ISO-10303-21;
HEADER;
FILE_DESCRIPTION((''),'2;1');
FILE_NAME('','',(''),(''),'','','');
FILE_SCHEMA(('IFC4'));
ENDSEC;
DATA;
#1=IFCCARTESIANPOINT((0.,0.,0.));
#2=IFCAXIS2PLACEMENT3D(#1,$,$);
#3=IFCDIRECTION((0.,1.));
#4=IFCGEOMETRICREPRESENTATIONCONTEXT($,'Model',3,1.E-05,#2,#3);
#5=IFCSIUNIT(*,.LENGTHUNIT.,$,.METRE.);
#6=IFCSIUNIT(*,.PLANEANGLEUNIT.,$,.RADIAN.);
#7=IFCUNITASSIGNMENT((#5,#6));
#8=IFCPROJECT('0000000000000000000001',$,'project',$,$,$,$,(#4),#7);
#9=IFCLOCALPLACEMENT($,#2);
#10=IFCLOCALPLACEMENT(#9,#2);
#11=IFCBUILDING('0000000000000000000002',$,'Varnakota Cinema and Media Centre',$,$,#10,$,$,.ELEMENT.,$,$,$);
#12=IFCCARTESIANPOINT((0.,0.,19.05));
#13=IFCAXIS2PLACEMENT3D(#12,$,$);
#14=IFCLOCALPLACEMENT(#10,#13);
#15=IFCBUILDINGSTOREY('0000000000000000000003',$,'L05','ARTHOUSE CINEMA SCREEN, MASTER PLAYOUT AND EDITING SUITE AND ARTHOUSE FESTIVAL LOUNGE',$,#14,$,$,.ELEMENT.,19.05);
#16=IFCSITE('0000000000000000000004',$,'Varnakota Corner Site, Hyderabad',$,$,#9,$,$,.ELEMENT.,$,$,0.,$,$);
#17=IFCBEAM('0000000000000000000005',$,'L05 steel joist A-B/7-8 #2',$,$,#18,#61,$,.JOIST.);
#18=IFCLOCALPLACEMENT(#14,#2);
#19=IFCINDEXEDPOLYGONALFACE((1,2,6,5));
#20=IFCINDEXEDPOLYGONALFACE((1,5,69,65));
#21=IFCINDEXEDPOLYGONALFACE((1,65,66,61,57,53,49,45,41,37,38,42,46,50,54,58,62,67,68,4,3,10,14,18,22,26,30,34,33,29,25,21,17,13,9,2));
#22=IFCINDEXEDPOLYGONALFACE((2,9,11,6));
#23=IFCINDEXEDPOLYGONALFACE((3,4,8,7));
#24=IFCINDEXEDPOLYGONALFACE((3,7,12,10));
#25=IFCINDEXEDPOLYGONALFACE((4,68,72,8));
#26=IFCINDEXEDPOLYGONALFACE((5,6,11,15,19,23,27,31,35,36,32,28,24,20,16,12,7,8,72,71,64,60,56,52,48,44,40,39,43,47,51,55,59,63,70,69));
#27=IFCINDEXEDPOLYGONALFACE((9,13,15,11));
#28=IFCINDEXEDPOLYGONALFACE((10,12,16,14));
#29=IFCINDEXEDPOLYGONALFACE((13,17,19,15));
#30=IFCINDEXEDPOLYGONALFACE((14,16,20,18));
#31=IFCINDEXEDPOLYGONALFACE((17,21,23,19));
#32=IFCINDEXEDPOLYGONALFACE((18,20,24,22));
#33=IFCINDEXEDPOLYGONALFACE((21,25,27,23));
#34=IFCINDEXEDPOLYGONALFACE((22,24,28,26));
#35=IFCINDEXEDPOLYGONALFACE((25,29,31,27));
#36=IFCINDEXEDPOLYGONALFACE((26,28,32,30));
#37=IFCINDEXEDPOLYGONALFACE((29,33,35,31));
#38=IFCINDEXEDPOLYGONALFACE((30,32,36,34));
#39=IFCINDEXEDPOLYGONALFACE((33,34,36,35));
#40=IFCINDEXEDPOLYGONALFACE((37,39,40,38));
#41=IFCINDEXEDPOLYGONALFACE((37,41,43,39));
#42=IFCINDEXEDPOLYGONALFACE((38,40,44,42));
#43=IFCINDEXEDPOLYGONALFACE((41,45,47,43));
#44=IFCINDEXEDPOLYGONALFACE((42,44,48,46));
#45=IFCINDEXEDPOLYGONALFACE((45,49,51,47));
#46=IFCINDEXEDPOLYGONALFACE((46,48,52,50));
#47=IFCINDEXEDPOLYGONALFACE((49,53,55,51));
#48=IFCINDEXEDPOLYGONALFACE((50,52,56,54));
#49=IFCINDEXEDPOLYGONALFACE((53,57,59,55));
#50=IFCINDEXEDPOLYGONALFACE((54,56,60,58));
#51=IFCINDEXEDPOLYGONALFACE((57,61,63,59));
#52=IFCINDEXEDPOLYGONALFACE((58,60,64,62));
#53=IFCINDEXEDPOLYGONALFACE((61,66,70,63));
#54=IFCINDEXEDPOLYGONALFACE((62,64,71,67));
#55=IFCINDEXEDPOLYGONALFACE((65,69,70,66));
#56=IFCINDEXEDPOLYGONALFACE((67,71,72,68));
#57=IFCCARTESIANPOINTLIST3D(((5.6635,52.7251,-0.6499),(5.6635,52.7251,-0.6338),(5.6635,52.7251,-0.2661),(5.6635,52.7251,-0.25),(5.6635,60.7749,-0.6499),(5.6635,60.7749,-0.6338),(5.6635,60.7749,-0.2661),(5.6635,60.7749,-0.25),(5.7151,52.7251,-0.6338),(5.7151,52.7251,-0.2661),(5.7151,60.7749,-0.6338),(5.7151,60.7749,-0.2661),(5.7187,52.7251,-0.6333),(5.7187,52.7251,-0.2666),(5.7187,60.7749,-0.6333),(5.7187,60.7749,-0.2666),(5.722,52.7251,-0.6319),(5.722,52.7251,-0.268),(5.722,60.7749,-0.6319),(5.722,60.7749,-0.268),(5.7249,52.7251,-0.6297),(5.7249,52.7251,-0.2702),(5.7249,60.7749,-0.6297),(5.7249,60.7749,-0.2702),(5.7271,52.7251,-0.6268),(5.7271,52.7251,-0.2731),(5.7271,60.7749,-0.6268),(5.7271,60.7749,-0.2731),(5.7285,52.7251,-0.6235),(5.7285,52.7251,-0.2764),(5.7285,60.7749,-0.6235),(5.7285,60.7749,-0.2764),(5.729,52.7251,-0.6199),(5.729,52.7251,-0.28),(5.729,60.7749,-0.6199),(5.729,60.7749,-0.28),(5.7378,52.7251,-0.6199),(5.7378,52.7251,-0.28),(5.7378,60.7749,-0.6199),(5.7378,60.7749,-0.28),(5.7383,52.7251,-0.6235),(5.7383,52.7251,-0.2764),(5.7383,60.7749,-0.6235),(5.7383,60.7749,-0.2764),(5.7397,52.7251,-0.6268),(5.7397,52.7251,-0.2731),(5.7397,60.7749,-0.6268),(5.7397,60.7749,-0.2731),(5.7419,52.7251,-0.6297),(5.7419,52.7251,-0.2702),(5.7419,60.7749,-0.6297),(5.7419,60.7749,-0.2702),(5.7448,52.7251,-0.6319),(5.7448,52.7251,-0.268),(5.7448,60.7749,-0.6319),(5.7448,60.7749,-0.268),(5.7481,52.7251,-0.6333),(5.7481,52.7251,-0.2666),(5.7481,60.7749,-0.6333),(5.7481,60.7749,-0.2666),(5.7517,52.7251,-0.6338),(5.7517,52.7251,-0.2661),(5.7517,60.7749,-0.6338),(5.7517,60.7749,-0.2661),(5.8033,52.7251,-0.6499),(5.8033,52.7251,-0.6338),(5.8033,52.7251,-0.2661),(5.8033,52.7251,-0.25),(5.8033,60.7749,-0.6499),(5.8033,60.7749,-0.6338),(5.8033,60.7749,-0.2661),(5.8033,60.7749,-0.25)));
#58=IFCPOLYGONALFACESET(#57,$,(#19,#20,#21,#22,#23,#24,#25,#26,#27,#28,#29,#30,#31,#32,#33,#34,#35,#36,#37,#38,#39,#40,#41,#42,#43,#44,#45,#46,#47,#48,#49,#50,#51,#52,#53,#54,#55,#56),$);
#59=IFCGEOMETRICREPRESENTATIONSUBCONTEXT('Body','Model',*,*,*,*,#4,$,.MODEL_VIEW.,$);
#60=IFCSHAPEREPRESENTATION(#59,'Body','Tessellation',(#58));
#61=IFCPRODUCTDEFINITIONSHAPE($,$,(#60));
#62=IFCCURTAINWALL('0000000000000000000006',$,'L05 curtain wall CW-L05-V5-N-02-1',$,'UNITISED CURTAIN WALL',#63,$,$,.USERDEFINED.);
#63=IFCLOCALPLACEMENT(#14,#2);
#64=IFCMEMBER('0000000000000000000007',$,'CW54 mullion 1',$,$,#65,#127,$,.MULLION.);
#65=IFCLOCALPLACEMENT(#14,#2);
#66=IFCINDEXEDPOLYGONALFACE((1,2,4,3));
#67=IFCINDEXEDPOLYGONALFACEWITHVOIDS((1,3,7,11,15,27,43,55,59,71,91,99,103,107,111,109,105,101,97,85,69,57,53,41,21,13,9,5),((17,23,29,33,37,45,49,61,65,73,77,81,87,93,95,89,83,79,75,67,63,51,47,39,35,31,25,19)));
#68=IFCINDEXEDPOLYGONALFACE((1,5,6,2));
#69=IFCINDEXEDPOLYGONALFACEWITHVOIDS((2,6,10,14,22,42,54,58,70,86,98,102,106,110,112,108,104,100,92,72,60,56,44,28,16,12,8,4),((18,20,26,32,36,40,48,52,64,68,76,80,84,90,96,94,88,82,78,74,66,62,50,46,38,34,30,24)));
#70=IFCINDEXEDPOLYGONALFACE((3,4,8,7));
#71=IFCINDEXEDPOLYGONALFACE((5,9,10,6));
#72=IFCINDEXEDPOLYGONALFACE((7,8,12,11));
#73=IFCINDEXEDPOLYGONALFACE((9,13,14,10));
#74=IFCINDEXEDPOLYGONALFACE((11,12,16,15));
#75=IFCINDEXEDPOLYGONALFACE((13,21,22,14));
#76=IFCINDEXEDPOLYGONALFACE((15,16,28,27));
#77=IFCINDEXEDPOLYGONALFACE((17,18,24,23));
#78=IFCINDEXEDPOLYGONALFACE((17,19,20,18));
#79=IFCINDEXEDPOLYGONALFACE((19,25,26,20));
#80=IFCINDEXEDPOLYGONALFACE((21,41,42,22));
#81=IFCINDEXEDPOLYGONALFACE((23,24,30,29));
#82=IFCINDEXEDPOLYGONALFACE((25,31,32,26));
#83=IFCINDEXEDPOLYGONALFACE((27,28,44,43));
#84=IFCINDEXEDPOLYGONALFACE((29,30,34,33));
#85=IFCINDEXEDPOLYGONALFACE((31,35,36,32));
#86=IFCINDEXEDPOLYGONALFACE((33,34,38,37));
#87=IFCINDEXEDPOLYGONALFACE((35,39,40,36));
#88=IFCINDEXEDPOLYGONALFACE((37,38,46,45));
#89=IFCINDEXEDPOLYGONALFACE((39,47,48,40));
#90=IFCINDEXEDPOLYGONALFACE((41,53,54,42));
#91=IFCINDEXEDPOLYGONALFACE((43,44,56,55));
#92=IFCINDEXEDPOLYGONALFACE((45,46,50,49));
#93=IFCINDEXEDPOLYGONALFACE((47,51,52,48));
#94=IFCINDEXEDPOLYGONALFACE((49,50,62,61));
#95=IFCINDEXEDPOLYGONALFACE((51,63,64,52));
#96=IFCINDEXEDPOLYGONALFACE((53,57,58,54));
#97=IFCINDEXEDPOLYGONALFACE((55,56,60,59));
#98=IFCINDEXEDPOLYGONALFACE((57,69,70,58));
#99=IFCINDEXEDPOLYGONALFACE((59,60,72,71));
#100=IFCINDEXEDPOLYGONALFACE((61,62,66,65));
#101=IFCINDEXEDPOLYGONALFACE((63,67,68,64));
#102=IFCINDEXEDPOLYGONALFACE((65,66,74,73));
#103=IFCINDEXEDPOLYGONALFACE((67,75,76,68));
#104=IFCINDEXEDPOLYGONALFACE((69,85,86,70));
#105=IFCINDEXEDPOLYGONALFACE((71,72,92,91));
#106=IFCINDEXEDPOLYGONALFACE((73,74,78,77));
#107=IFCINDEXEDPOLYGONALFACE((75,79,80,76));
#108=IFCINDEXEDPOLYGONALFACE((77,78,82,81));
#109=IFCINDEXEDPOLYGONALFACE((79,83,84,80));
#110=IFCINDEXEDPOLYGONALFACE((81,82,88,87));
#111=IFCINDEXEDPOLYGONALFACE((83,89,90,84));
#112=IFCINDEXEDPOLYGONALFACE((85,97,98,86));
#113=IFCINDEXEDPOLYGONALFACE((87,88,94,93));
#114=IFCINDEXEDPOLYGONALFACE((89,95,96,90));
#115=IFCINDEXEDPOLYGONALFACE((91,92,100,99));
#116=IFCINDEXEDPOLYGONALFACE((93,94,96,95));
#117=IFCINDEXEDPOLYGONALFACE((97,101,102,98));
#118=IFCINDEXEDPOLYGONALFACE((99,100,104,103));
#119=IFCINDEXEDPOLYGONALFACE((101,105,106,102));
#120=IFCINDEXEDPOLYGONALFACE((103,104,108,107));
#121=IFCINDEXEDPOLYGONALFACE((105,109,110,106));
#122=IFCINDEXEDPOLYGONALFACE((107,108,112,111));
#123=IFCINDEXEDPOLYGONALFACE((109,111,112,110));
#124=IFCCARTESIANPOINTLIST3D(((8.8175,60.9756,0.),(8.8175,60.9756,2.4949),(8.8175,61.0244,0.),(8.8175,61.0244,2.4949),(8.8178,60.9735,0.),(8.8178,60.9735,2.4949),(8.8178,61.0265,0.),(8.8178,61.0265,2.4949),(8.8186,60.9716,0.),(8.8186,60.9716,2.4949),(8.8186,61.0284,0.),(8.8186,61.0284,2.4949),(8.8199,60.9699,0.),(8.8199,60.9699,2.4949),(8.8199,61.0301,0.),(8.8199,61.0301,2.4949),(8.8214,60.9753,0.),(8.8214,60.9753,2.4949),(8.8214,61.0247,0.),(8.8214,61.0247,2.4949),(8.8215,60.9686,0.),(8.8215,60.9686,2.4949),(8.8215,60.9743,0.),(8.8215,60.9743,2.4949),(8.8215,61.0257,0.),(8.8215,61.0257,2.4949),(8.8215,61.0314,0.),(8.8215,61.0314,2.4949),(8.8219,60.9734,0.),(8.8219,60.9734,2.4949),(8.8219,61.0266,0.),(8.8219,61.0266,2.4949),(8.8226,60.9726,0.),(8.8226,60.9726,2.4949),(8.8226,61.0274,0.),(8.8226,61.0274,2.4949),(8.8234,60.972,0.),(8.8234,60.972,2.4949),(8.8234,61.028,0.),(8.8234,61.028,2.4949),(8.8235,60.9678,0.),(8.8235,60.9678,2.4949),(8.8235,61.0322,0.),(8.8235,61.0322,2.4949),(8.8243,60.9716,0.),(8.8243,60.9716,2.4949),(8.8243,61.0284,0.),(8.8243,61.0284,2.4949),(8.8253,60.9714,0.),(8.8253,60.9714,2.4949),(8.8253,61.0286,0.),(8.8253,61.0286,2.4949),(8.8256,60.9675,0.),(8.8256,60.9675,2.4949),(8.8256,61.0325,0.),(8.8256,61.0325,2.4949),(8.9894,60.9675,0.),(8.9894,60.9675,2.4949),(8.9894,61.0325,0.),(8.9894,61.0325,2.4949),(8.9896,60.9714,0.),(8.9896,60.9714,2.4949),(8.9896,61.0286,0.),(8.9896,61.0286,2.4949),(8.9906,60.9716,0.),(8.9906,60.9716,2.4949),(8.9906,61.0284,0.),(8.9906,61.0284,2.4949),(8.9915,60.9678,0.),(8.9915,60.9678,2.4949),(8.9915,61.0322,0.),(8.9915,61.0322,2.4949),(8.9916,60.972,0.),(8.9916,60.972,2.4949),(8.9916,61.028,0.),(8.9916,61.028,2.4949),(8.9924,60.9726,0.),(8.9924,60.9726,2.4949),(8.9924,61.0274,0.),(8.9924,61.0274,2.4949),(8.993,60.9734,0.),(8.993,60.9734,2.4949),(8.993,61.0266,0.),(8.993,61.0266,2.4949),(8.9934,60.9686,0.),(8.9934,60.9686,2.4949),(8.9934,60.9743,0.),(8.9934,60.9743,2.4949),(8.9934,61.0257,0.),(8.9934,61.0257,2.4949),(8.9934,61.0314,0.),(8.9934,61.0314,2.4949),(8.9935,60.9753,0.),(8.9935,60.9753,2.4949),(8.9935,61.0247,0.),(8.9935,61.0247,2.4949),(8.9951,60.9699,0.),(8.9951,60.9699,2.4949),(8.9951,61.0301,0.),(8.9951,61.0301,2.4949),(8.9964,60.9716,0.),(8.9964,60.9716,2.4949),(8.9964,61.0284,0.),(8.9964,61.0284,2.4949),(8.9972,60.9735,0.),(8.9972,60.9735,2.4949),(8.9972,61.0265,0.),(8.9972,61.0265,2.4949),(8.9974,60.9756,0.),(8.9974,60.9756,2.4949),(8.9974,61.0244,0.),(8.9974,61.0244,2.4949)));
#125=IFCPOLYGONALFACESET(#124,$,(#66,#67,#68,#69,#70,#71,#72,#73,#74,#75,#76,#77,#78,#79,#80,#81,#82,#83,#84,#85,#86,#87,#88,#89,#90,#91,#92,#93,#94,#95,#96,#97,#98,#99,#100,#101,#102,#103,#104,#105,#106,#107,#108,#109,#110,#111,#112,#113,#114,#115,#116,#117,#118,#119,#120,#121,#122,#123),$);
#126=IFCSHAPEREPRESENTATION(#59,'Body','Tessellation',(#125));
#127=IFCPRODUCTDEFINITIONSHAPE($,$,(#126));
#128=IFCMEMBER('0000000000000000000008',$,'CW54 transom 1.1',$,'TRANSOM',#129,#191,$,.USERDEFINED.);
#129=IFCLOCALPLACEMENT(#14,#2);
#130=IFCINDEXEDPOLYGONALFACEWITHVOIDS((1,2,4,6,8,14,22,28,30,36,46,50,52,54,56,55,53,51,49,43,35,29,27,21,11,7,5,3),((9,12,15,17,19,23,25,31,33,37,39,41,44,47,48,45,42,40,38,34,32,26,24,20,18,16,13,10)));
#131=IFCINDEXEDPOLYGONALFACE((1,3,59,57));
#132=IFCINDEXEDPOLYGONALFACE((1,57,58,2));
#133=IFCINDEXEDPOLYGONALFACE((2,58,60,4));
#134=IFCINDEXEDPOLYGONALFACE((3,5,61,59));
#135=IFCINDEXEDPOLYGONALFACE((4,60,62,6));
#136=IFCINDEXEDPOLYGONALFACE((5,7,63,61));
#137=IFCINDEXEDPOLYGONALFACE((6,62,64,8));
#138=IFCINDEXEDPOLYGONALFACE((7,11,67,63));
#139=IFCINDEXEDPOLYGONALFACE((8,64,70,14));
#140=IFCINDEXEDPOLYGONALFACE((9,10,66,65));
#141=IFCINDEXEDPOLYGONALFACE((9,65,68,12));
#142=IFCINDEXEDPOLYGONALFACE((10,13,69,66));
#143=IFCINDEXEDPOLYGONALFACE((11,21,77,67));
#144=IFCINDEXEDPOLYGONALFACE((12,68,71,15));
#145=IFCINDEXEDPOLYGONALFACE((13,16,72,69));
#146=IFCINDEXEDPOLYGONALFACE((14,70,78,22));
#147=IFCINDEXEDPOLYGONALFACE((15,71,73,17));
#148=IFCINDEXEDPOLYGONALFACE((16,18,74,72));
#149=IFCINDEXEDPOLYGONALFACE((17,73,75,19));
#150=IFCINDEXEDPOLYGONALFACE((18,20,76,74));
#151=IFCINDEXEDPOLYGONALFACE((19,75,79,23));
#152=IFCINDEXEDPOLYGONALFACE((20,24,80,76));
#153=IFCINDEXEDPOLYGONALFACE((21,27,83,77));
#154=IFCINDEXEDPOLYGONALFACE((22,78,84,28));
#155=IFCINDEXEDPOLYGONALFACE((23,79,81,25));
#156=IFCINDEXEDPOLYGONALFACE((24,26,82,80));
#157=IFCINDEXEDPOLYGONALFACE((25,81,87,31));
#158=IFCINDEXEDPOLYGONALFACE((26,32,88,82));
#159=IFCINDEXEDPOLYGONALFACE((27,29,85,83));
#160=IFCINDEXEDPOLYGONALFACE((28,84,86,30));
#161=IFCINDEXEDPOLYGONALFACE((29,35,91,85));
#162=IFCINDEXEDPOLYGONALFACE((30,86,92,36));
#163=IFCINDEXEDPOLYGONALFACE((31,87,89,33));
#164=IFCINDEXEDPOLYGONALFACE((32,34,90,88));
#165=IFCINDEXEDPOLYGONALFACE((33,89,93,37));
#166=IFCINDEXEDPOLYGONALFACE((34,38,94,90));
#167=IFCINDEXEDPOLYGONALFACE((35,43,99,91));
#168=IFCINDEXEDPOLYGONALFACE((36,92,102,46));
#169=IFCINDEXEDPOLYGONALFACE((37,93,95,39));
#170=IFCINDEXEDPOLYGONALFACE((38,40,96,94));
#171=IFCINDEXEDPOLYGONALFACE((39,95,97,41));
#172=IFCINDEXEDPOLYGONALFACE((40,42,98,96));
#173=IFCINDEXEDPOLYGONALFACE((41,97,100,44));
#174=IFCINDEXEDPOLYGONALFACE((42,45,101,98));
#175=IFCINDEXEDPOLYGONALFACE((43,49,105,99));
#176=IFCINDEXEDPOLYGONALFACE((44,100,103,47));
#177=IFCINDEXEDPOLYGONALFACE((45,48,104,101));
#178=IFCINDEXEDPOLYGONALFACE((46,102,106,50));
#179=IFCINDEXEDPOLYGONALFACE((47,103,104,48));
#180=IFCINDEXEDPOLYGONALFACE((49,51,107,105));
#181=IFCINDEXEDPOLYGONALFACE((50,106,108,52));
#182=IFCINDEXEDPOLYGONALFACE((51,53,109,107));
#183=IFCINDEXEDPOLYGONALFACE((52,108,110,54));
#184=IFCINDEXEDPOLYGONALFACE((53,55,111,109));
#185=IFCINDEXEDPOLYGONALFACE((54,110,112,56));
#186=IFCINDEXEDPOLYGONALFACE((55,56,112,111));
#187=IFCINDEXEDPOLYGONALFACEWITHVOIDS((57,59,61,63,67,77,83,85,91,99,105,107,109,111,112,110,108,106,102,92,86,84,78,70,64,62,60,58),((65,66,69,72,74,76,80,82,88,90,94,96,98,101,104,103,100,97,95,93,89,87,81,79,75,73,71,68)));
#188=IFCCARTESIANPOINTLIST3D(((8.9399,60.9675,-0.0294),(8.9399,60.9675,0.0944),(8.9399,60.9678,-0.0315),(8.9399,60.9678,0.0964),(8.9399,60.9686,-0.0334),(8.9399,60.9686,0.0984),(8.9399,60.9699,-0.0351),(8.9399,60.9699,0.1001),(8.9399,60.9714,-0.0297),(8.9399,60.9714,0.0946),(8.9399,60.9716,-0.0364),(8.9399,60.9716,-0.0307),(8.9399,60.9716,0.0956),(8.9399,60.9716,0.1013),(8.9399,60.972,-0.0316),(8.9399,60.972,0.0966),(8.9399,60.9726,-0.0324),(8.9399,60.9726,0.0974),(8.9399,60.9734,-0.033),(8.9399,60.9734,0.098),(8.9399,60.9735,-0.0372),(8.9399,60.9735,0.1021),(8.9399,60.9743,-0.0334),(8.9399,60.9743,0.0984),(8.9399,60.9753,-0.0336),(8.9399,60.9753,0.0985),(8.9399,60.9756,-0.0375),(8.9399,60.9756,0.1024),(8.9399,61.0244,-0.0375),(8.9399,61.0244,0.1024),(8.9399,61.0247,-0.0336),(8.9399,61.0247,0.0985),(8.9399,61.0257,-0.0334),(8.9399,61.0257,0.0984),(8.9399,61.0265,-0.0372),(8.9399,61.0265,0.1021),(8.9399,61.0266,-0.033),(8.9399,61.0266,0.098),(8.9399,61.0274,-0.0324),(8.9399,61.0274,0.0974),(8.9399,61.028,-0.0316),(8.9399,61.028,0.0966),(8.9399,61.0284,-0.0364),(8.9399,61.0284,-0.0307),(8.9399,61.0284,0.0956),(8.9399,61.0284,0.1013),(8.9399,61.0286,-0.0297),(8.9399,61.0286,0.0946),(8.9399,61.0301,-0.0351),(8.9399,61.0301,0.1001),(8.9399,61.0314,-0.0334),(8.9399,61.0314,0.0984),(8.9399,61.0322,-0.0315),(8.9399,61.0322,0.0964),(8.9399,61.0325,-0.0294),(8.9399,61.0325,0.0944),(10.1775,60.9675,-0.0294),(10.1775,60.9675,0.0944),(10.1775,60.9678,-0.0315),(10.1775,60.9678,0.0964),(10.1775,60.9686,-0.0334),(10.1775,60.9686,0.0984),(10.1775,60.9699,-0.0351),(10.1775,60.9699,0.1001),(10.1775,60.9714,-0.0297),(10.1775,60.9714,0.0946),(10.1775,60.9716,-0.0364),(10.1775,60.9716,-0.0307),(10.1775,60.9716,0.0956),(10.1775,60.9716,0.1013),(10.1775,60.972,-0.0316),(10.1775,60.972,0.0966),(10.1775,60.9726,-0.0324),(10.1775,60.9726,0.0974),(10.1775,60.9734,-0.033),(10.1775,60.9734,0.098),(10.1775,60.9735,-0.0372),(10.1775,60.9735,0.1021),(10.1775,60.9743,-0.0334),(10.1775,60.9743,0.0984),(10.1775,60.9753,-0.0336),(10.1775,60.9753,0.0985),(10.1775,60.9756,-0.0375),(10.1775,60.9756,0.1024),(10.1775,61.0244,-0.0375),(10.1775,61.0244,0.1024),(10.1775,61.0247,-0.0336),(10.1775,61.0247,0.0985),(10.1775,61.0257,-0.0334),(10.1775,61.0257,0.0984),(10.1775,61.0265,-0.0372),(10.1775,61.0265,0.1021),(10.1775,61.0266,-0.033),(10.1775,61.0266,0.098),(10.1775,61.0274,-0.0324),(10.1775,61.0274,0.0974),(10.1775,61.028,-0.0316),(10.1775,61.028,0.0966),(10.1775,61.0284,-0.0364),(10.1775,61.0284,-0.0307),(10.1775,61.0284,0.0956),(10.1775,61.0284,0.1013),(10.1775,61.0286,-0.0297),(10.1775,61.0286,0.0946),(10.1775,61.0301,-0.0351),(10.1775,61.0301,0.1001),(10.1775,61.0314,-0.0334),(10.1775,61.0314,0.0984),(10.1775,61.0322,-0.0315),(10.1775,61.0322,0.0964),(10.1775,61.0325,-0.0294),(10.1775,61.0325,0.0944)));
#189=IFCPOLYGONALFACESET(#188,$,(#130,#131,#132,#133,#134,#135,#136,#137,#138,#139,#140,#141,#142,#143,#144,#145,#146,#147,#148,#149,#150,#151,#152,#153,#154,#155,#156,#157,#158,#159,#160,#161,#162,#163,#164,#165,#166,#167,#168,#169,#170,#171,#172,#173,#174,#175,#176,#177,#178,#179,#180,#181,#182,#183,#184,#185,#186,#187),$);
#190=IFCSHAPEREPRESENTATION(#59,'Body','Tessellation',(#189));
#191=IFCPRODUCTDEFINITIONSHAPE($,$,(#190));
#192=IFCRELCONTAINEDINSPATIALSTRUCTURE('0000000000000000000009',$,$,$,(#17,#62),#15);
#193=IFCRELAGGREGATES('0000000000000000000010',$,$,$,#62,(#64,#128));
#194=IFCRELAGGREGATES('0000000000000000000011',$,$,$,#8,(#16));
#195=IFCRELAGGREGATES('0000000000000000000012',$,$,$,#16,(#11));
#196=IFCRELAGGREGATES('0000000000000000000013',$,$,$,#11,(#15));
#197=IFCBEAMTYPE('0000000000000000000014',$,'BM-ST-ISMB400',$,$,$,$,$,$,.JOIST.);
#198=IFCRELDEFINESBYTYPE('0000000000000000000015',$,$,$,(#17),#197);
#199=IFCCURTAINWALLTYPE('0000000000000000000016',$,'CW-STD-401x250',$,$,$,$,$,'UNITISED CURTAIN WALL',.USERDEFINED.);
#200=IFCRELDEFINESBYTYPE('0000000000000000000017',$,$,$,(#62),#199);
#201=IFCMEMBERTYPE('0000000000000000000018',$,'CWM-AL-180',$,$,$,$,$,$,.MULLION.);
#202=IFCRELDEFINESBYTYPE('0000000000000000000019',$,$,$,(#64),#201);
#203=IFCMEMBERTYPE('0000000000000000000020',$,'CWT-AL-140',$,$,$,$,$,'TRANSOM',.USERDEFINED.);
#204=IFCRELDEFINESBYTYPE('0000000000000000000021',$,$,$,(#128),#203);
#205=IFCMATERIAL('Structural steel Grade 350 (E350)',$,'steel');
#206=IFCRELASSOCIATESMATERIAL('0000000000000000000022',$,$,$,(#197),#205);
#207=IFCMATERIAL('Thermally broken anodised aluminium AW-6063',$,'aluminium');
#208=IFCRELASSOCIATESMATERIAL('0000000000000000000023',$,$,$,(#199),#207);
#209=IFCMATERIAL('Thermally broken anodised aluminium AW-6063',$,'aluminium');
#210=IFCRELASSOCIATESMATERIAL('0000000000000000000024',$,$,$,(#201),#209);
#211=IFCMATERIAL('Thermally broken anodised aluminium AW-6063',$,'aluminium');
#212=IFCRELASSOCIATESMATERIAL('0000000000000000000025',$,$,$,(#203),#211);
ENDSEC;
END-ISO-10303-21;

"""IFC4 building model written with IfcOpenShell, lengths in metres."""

from ifc_helpers import new_model, si_unit, direction, frame, origin, origin_2d, place, context, subcontext, project, spatial, hollow_rectangle, i_section, extrude, material, material_profile, profile_set, type_object, element, aggregate, save


model = new_model("IFC4")

# Units and contexts
model_context = context("Model", 3, precision=1e-05, world=origin(), true_north=direction((0.0, 1.0)))
body_context = subcontext(model_context, "Body", "Model", "MODEL_VIEW")
ifc_project = project(units=[si_unit("LENGTHUNIT", "METRE"), si_unit("PLANEANGLEUNIT", "RADIAN")], contexts=[model_context])

# Site, building, storey
site_placement = place(None, origin())
site = spatial("IfcSite", under=ifc_project, at=site_placement, Name="Varnakota Corner Site, Hyderabad", CompositionType="ELEMENT", RefElevation=0.0)
building_placement = place(site_placement, origin())
building = spatial("IfcBuilding", under=site, at=building_placement, Name="Varnakota Cinema and Media Centre", CompositionType="ELEMENT")
storey_placement = place(building_placement, frame((0.0, 0.0, 19.05)))
storey = spatial("IfcBuildingStorey", under=building, at=storey_placement, Name="L05", Description="ARTHOUSE CINEMA SCREEN, MASTER PLAYOUT AND EDITING SUITE AND ARTHOUSE FESTIVAL LOUNGE", CompositionType="ELEMENT", Elevation=19.05)

# Beam
ifc_material_1 = material(Name="Structural steel Grade 350 (E350)", Category="steel")
ifc_material_profile_1 = material_profile(ifc_material_1, i_section(OverallWidth=0.1399, OverallDepth=0.3999, WebThickness=0.0088, FlangeThickness=0.0161, FilletRadius=0.0139, at=origin_2d()), Name="ISMB 400")
ifc_profile_set_1 = profile_set([ifc_material_profile_1], Name="Structural steel Grade 350 (E350)")
beam_type_1 = type_object("IfcBeamType", Name="BM-ST-ISMB400", PredefinedType="JOIST", material=ifc_profile_set_1)
for number, where, z_axis, x_axis, name in (
    (1, (5.7334, 52.7251, -0.45), (0.0, 1.0, 0.0), (-1.0, 0.0, 0.0), "L05 steel joist A-B/7-8 #2"),
):
    element("IfcBeam", number, at=place(storey_placement, frame(where, z_axis=z_axis, x_axis=x_axis)), inside=storey, type_object=beam_type_1, Name=name, PredefinedType="JOIST", context=body_context, shape_type="SweptSolid", body=[
        extrude(i_section(OverallWidth=0.1399, OverallDepth=0.3999, WebThickness=0.0088, FlangeThickness=0.0161, FilletRadius=0.0139, at=origin_2d()), origin(), (0.0, 0.0, 1.0), 8.0498),
    ])

# Curtain wall, members
ifc_material_2 = material(Name="Thermally broken anodised aluminium AW-6063", Category="aluminium")
curtain_wall_type = type_object("IfcCurtainWallType", Name="CW-STD-401x250", ElementType="UNITISED CURTAIN WALL", PredefinedType="USERDEFINED", material=ifc_material_2)
curtain_wall_placement = place(storey_placement, origin())
curtain_wall = element("IfcCurtainWall", 2, at=curtain_wall_placement, inside=storey, type_object=curtain_wall_type, Name="L05 curtain wall CW-L05-V5-N-02-1", ObjectType="UNITISED CURTAIN WALL", PredefinedType="USERDEFINED")
ifc_material_3 = material(Name="Thermally broken anodised aluminium AW-6063", Category="aluminium")
ifc_material_profile_2 = material_profile(ifc_material_3, hollow_rectangle(XDim=0.0649, YDim=0.1799, WallThickness=0.0039, InnerFilletRadius=0.0039, OuterFilletRadius=0.0081, at=origin_2d()), Name="AL-MULLION 180x65x4")
ifc_profile_set_2 = profile_set([ifc_material_profile_2], Name="Thermally broken anodised aluminium AW-6063")
member_type_1 = type_object("IfcMemberType", Name="CWM-AL-180", PredefinedType="MULLION", material=ifc_profile_set_2)
member_1_placement = place(storey_placement, frame((8.9075, 61.0, 0.0), z_axis=(0.0, 0.0, 1.0), x_axis=(0.0, 1.0, 0.0)))
member_1 = element("IfcMember", 3, at=member_1_placement, type_object=member_type_1, Name="CW54 mullion 1", PredefinedType="MULLION", context=body_context, shape_type="SweptSolid", body=[
    extrude(hollow_rectangle(XDim=0.0649, YDim=0.1799, WallThickness=0.0039, InnerFilletRadius=0.0039, OuterFilletRadius=0.0081, at=origin_2d()), origin(), (0.0, 0.0, 1.0), 2.4949),
])
ifc_material_4 = material(Name="Thermally broken anodised aluminium AW-6063", Category="aluminium")
ifc_material_profile_3 = material_profile(ifc_material_4, hollow_rectangle(XDim=0.0649, YDim=0.1399, WallThickness=0.0039, InnerFilletRadius=0.0039, OuterFilletRadius=0.0081, at=origin_2d()), Name="AL-TRANSOM 140x65x4")
ifc_profile_set_3 = profile_set([ifc_material_profile_3], Name="Thermally broken anodised aluminium AW-6063")
member_type_2 = type_object("IfcMemberType", Name="CWT-AL-140", ElementType="TRANSOM", PredefinedType="USERDEFINED", material=ifc_profile_set_3)
member_2_placement = place(storey_placement, frame((8.9399, 61.0, 0.0325), z_axis=(1.0, 0.0, 0.0), x_axis=(0.0, 1.0, 0.0)))
member_2 = element("IfcMember", 4, at=member_2_placement, type_object=member_type_2, Name="CW54 transom 1.1", ObjectType="TRANSOM", PredefinedType="USERDEFINED", context=body_context, shape_type="SweptSolid", body=[
    extrude(hollow_rectangle(XDim=0.0649, YDim=0.1399, WallThickness=0.0039, InnerFilletRadius=0.0039, OuterFilletRadius=0.0081, at=origin_2d()), origin(), (0.0, 0.0, 1.0), 1.2375),
])
aggregate(curtain_wall, [member_1, member_2])

save(model, "model.ifc")
